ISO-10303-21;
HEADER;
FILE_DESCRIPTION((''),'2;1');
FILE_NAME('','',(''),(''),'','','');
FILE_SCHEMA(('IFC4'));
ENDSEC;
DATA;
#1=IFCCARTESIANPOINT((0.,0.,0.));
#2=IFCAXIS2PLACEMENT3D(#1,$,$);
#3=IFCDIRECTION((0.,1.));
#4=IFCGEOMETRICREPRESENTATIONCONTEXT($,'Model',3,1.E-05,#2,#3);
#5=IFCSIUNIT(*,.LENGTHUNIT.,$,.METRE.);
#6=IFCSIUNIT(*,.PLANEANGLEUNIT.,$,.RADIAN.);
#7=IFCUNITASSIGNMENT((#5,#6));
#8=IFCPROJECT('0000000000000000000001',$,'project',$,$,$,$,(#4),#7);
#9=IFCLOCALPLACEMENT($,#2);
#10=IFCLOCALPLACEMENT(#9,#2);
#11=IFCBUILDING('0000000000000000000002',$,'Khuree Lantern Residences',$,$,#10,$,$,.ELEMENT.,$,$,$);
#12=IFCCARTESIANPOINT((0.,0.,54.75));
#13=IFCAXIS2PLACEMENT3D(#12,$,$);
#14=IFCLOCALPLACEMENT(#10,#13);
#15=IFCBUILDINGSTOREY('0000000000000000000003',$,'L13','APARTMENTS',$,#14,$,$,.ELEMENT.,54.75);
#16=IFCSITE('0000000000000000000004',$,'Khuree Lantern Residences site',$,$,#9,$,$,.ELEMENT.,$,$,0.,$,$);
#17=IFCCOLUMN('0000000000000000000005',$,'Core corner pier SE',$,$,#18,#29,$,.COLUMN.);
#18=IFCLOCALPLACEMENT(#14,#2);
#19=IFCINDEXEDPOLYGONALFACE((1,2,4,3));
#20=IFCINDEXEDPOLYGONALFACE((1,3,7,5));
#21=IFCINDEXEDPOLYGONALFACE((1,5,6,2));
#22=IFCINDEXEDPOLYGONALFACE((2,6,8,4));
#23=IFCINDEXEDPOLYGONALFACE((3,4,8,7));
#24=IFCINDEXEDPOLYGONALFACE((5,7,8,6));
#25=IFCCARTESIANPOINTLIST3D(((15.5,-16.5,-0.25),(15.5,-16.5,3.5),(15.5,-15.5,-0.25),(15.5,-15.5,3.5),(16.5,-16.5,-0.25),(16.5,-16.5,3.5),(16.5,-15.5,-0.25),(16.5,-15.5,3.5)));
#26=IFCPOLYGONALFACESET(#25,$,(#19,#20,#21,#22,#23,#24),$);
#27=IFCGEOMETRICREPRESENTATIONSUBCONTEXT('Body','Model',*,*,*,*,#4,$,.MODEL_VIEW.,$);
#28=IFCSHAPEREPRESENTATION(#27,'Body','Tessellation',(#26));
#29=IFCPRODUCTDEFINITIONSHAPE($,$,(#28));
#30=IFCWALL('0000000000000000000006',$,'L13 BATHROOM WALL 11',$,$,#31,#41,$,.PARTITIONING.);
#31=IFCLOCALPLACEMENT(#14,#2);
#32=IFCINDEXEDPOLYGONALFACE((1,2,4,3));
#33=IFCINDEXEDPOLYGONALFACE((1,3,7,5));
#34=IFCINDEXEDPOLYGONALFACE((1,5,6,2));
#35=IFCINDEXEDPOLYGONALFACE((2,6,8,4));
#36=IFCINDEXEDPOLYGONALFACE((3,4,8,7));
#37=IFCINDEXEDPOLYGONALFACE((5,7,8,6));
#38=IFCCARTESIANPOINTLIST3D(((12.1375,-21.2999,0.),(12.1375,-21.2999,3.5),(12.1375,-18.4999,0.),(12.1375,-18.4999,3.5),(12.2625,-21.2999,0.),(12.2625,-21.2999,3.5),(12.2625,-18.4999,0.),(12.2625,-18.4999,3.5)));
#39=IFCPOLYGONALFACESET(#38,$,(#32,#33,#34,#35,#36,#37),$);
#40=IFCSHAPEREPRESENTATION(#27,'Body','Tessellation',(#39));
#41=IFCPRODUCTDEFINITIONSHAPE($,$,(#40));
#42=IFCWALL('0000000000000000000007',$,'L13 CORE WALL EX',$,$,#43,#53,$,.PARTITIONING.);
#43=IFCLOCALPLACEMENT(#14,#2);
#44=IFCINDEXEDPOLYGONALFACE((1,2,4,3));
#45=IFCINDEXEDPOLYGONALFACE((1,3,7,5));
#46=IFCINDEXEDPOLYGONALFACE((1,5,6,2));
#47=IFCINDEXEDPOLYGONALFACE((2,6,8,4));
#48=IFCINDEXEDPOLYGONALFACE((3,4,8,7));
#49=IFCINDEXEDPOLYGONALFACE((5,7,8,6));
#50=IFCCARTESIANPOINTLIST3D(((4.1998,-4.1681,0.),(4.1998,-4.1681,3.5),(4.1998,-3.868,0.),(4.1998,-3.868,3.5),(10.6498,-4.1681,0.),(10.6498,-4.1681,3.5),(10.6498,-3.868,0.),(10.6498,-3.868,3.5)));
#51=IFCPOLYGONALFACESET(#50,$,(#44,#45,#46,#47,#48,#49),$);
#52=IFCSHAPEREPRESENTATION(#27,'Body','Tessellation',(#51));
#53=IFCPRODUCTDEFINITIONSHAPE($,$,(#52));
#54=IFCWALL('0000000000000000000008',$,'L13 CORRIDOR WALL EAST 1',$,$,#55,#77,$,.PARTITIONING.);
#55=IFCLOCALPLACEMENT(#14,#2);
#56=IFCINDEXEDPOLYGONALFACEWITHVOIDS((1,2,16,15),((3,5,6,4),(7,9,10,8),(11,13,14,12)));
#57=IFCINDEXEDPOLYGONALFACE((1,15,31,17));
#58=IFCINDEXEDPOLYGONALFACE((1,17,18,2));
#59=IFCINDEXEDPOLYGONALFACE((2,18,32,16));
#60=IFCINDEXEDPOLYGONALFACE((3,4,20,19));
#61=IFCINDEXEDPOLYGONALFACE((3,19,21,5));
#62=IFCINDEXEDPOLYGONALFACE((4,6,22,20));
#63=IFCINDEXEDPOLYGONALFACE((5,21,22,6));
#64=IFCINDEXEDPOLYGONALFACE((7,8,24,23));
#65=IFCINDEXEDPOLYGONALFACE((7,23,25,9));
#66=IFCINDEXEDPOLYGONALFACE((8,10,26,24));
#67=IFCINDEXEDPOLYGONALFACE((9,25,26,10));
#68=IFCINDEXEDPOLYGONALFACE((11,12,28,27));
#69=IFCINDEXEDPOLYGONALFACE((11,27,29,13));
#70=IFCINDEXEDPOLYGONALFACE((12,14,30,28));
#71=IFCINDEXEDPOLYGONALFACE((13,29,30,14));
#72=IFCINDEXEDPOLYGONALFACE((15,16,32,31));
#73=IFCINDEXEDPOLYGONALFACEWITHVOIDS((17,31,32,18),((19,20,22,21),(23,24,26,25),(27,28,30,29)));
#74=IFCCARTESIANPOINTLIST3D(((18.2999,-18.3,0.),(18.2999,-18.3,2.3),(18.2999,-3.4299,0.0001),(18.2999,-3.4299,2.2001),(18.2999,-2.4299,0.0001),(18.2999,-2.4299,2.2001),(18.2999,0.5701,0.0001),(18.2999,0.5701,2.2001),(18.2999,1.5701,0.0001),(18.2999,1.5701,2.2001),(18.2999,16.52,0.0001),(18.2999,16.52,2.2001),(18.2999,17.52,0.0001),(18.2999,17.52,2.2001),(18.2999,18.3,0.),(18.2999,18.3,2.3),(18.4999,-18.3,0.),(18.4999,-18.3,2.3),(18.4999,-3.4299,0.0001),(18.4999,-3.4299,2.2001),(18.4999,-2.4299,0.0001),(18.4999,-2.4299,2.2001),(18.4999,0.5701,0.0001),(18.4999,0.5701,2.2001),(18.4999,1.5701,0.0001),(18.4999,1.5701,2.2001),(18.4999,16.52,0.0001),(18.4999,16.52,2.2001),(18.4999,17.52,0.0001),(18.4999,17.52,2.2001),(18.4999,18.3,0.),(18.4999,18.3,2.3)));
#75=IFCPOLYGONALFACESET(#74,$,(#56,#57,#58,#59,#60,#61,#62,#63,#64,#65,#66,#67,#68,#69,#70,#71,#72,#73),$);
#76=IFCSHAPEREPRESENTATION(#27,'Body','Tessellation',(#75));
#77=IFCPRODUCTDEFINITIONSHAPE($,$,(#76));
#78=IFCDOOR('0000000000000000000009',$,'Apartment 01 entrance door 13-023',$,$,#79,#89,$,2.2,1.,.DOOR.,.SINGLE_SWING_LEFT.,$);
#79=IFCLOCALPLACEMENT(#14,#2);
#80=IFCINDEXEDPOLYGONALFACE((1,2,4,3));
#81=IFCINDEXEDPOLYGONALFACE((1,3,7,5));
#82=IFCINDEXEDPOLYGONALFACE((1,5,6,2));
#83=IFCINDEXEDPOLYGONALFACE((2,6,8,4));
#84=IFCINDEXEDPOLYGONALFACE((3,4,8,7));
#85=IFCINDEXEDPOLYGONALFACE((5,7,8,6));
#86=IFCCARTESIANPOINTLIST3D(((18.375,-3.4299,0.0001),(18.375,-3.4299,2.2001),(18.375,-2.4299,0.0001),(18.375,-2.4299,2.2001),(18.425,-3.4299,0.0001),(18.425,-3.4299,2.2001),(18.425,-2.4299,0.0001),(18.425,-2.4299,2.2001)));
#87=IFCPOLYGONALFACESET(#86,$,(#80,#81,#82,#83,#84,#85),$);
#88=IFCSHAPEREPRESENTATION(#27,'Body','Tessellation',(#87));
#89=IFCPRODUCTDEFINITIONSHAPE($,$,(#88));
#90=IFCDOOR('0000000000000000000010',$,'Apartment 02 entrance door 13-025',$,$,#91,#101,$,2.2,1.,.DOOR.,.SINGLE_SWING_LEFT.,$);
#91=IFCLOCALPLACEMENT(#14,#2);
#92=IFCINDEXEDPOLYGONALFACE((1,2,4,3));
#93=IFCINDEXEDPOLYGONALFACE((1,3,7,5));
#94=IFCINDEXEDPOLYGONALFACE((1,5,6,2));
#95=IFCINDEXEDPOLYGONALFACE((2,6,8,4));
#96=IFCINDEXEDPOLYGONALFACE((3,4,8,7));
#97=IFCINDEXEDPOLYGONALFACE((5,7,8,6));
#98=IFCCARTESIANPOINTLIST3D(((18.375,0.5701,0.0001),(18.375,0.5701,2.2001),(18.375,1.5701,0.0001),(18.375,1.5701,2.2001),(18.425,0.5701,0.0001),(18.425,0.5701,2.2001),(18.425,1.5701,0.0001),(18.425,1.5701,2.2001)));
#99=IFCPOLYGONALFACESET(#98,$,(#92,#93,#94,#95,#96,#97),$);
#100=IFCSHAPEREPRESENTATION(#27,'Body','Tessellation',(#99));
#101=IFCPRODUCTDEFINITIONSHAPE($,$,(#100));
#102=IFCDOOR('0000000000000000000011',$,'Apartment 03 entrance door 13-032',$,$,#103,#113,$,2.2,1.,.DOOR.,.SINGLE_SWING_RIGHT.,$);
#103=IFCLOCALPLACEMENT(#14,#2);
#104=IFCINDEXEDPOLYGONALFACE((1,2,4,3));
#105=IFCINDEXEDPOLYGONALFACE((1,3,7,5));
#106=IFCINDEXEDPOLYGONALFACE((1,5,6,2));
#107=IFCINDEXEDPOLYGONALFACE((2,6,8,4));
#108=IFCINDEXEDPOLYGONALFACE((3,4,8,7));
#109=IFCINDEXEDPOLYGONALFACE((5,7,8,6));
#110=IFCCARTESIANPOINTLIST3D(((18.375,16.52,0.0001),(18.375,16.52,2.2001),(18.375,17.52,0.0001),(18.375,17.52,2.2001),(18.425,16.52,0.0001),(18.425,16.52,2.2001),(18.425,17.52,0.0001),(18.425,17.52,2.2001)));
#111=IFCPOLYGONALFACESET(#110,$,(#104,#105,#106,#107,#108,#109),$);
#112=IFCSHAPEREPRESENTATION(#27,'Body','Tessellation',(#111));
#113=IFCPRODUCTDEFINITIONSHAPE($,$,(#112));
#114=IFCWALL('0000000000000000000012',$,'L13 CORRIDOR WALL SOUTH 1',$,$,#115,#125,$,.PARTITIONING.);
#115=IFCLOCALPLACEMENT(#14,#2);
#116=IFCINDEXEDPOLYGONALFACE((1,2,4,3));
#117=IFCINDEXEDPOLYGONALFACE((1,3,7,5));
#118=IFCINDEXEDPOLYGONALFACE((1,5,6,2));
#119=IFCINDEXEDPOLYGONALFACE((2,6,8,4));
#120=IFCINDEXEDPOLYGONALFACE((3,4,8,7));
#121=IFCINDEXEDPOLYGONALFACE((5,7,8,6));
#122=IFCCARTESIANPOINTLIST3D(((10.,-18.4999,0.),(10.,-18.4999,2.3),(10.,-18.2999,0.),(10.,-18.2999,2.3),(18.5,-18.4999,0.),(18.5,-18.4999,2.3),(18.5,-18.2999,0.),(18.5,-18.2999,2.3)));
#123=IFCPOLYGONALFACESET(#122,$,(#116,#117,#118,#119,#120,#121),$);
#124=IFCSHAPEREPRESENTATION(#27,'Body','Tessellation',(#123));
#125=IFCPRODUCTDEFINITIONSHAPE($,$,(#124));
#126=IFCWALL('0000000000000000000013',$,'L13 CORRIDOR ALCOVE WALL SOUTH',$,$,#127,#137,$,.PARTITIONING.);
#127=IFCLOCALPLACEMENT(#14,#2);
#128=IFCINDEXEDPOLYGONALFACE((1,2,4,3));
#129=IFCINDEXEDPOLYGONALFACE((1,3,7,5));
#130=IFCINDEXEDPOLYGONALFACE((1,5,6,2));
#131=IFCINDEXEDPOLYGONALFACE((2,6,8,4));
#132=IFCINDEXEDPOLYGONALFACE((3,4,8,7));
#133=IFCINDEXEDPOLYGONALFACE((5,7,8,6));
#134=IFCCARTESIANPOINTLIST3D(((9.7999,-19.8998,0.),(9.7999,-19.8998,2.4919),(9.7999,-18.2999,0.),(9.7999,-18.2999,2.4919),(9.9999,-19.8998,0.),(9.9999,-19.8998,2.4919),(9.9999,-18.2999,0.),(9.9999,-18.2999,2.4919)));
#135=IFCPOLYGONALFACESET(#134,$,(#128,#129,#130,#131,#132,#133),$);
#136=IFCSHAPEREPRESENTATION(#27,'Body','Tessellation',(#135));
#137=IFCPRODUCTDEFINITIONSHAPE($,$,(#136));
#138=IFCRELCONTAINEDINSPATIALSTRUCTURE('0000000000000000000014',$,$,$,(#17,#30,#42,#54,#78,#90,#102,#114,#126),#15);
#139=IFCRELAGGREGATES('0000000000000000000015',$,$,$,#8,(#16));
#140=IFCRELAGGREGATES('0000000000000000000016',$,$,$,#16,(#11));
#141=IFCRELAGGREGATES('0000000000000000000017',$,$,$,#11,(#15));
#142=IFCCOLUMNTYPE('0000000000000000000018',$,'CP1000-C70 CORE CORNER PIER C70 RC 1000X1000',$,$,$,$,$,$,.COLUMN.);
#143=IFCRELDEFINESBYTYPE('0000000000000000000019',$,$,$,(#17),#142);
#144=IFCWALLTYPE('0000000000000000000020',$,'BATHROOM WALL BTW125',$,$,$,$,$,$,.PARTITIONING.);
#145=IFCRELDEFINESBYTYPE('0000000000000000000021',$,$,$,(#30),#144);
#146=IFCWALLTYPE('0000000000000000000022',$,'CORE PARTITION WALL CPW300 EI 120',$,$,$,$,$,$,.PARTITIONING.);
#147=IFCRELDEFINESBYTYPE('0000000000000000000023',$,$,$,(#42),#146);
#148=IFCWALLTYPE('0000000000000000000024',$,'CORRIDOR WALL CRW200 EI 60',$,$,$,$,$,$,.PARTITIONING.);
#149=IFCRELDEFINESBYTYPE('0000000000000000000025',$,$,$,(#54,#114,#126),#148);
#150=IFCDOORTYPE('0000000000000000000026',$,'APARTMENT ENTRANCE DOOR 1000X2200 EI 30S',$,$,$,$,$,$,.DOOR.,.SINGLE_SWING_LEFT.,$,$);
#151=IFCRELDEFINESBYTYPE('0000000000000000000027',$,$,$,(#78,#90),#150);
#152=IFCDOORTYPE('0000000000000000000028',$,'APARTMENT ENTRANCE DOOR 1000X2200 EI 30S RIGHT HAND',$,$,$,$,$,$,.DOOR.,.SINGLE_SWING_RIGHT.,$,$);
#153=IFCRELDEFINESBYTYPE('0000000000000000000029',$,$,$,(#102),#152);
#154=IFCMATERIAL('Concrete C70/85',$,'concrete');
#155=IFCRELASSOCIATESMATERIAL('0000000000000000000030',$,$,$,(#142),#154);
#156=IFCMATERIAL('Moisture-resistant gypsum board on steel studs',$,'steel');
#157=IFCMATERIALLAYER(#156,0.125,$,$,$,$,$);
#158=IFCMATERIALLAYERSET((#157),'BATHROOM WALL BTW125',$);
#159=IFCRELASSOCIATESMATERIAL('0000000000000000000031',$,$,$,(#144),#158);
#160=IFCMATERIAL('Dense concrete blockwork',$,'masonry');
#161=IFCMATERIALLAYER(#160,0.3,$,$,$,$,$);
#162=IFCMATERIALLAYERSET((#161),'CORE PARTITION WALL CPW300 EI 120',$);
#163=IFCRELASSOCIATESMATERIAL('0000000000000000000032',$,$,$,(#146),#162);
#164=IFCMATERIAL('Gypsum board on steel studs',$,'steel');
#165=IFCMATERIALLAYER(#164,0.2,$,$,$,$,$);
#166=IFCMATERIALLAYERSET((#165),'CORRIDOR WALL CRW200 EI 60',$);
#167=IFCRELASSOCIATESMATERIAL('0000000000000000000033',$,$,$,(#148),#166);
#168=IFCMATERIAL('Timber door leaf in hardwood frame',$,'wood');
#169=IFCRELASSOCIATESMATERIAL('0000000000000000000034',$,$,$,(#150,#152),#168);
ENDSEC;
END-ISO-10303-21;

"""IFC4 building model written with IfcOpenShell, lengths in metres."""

from ifc_helpers import new_model, si_unit, direction, frame, frame_2d, origin, origin_2d, place, context, subcontext, project, spatial, rectangle, extrude, material, layer, layer_set, material_profile, profile_set, type_object, element, fill, save


model = new_model("IFC4")

# Units and contexts
model_context = context("Model", 3, precision=1e-05, world=origin(), true_north=direction((0.0, 1.0)))
body_context = subcontext(model_context, "Body", "Model", "MODEL_VIEW")
ifc_project = project(units=[si_unit("LENGTHUNIT", "METRE"), si_unit("PLANEANGLEUNIT", "RADIAN")], contexts=[model_context])

# Site, building, storey
site_placement = place(None, origin())
site = spatial("IfcSite", under=ifc_project, at=site_placement, Name="Khuree Lantern Residences site", CompositionType="ELEMENT", RefElevation=0.0)
building_placement = place(site_placement, origin())
building = spatial("IfcBuilding", under=site, at=building_placement, Name="Khuree Lantern Residences", CompositionType="ELEMENT")
storey_placement = place(building_placement, frame((0.0, 0.0, 54.75)))
storey = spatial("IfcBuildingStorey", under=building, at=storey_placement, Name="L13", Description="APARTMENTS", CompositionType="ELEMENT", Elevation=54.75)

# Column
ifc_material_1 = material(Name="Concrete C70/85", Category="concrete")
ifc_material_profile = material_profile(ifc_material_1, rectangle(XDim=1.0, YDim=1.0, at=origin_2d()), Name="RC 1000X1000")
ifc_profile_set = profile_set([ifc_material_profile], Name="Concrete C70/85")
column_type = type_object("IfcColumnType", Name="CP1000-C70 CORE CORNER PIER C70 RC 1000X1000", PredefinedType="COLUMN", material=ifc_profile_set)
column_placement = place(storey_placement, frame((16.0, -16.0, -0.25), z_axis=(0.0, 0.0, 1.0), x_axis=(1.0, 0.0, 0.0)))
element("IfcColumn", 1, at=column_placement, inside=storey, type_object=column_type, Name="Core corner pier SE", PredefinedType="COLUMN", context=body_context, shape_type="SweptSolid", body=[
    extrude(rectangle(XDim=1.0, YDim=1.0, at=origin_2d()), origin(), (0.0, 0.0, 1.0), 3.75),
])

# Walls
ifc_material_2 = material(Name="Moisture-resistant gypsum board on steel studs", Category="steel")
ifc_layer_1 = layer(ifc_material_2, 0.125)
ifc_layer_set_1 = layer_set([ifc_layer_1], Name="BATHROOM WALL BTW125")
wall_type_1 = type_object("IfcWallType", Name="BATHROOM WALL BTW125", PredefinedType="PARTITIONING", material=ifc_layer_set_1)
wall_1_placement = place(storey_placement, frame((12.2, -18.5, 0.0), z_axis=(0.0, 0.0, 1.0), x_axis=(0.0, -1.0, 0.0)))
element("IfcWall", 2, at=wall_1_placement, inside=storey, type_object=wall_type_1, Name="L13 BATHROOM WALL 11", PredefinedType="PARTITIONING", context=body_context, shape_type="SweptSolid", body=[
    extrude(rectangle(XDim=2.8, YDim=0.125, at=frame_2d((1.3999, 0.0))), origin(), (0.0, 0.0, 1.0), 3.5),
])
ifc_material_3 = material(Name="Dense concrete blockwork", Category="masonry")
ifc_layer_2 = layer(ifc_material_3, 0.3)
ifc_layer_set_2 = layer_set([ifc_layer_2], Name="CORE PARTITION WALL CPW300 EI 120")
wall_type_2 = type_object("IfcWallType", Name="CORE PARTITION WALL CPW300 EI 120", PredefinedType="PARTITIONING", material=ifc_layer_set_2)
wall_2_placement = place(storey_placement, frame((10.6499, -4.0181, 0.0), z_axis=(0.0, 0.0, 1.0), x_axis=(-1.0, 0.0, 0.0)))
element("IfcWall", 3, at=wall_2_placement, inside=storey, type_object=wall_type_2, Name="L13 CORE WALL EX", PredefinedType="PARTITIONING", context=body_context, shape_type="SweptSolid", body=[
    extrude(rectangle(XDim=6.45, YDim=0.3, at=frame_2d((3.2251, 0.0))), origin(), (0.0, 0.0, 1.0), 3.5),
])

# Wall, openings, doors
ifc_material_4 = material(Name="Gypsum board on steel studs", Category="steel")
ifc_layer_3 = layer(ifc_material_4, 0.2)
ifc_layer_set_3 = layer_set([ifc_layer_3], Name="CORRIDOR WALL CRW200 EI 60")
wall_type_3 = type_object("IfcWallType", Name="CORRIDOR WALL CRW200 EI 60", PredefinedType="PARTITIONING", material=ifc_layer_set_3)
wall_3_placement = place(storey_placement, frame((18.3999, -18.3, 0.0), z_axis=(0.0, 0.0, 1.0), x_axis=(0.0, 1.0, 0.0)))
wall_3 = element("IfcWall", 4, at=wall_3_placement, inside=storey, type_object=wall_type_3, Name="L13 CORRIDOR WALL EAST 1", PredefinedType="PARTITIONING", context=body_context, shape_type="SweptSolid", body=[
    extrude(rectangle(XDim=36.6001, YDim=0.2, at=frame_2d((18.3, 0.0))), origin(), (0.0, 0.0, 1.0), 2.3),
])
opening_1_placement = place(wall_3_placement, frame((14.8701, 0.0, 0.0)))
opening_1 = element("IfcOpeningElement", 5, at=opening_1_placement, cuts=wall_3, PredefinedType="OPENING", context=body_context, shape_type="SweptSolid", body=[
    extrude(rectangle(XDim=1.0, YDim=2.2, at=frame_2d((0.5, 1.1001))), frame((0.0, 0.1099, 0.0), z_axis=(0.0, -1.0, 0.0), x_axis=(1.0, 0.0, 0.0)), (0.0, 0.0, 1.0), 0.22),
])
opening_2_placement = place(wall_3_placement, frame((18.8701, 0.0, 0.0)))
opening_2 = element("IfcOpeningElement", 6, at=opening_2_placement, cuts=wall_3, PredefinedType="OPENING", context=body_context, shape_type="SweptSolid", body=[
    extrude(rectangle(XDim=1.0, YDim=2.2, at=frame_2d((0.5, 1.1001))), frame((0.0, 0.1099, 0.0), z_axis=(0.0, -1.0, 0.0), x_axis=(1.0, 0.0, 0.0)), (0.0, 0.0, 1.0), 0.22),
])
opening_3_placement = place(wall_3_placement, frame((34.8201, 0.0, 0.0)))
opening_3 = element("IfcOpeningElement", 7, at=opening_3_placement, cuts=wall_3, PredefinedType="OPENING", context=body_context, shape_type="SweptSolid", body=[
    extrude(rectangle(XDim=1.0, YDim=2.2, at=frame_2d((0.5, 1.1001))), frame((0.0, 0.1099, 0.0), z_axis=(0.0, -1.0, 0.0), x_axis=(1.0, 0.0, 0.0)), (0.0, 0.0, 1.0), 0.22),
])
ifc_material_5 = material(Name="Timber door leaf in hardwood frame", Category="wood")
door_type_1 = type_object("IfcDoorType", Name="APARTMENT ENTRANCE DOOR 1000X2200 EI 30S", OperationType="SINGLE_SWING_LEFT", PredefinedType="DOOR", material=ifc_material_5)
door_1_placement = place(opening_1_placement, origin())
door_1 = element("IfcDoor", 8, at=door_1_placement, inside=storey, type_object=door_type_1, Name="Apartment 01 entrance door 13-023", OperationType="SINGLE_SWING_LEFT", OverallHeight=2.2, OverallWidth=1.0, PredefinedType="DOOR", context=body_context, shape_type="SweptSolid", body=[
    extrude(rectangle(XDim=1.0, YDim=2.2, at=frame_2d((0.5, 1.1001))), frame((0.0, 0.0249, 0.0), z_axis=(0.0, -1.0, 0.0), x_axis=(1.0, 0.0, 0.0)), (0.0, 0.0, 1.0), 0.05),
])
fill(opening_1, door_1)
door_2_placement = place(opening_2_placement, origin())
door_2 = element("IfcDoor", 9, at=door_2_placement, inside=storey, type_object=door_type_1, Name="Apartment 02 entrance door 13-025", OperationType="SINGLE_SWING_LEFT", OverallHeight=2.2, OverallWidth=1.0, PredefinedType="DOOR", context=body_context, shape_type="SweptSolid", body=[
    extrude(rectangle(XDim=1.0, YDim=2.2, at=frame_2d((0.5, 1.1001))), frame((0.0, 0.0249, 0.0), z_axis=(0.0, -1.0, 0.0), x_axis=(1.0, 0.0, 0.0)), (0.0, 0.0, 1.0), 0.05),
])
fill(opening_2, door_2)
door_type_2 = type_object("IfcDoorType", Name="APARTMENT ENTRANCE DOOR 1000X2200 EI 30S RIGHT HAND", OperationType="SINGLE_SWING_RIGHT", PredefinedType="DOOR", material=ifc_material_5)
door_3_placement = place(opening_3_placement, origin())
door_3 = element("IfcDoor", 10, at=door_3_placement, inside=storey, type_object=door_type_2, Name="Apartment 03 entrance door 13-032", OperationType="SINGLE_SWING_RIGHT", OverallHeight=2.2, OverallWidth=1.0, PredefinedType="DOOR", context=body_context, shape_type="SweptSolid", body=[
    extrude(rectangle(XDim=1.0, YDim=2.2, at=frame_2d((0.5, 1.1001))), frame((0.0, 0.0249, 0.0), z_axis=(0.0, -1.0, 0.0), x_axis=(1.0, 0.0, 0.0)), (0.0, 0.0, 1.0), 0.05),
])
fill(opening_3, door_3)

# Walls
wall_4_placement = place(storey_placement, frame((18.5, -18.3999, 0.0), z_axis=(0.0, 0.0, 1.0), x_axis=(-1.0, 0.0, 0.0)))
element("IfcWall", 11, at=wall_4_placement, inside=storey, type_object=wall_type_3, Name="L13 CORRIDOR WALL SOUTH 1", PredefinedType="PARTITIONING", context=body_context, shape_type="SweptSolid", body=[
    extrude(rectangle(XDim=8.5, YDim=0.2, at=frame_2d((4.25, 0.0))), origin(), (0.0, 0.0, 1.0), 2.3),
])
wall_5_placement = place(storey_placement, frame((9.8999, -18.3, 0.0), z_axis=(0.0, 0.0, 1.0), x_axis=(0.0, -1.0, 0.0)))
element("IfcWall", 12, at=wall_5_placement, inside=storey, type_object=wall_type_3, Name="L13 CORRIDOR ALCOVE WALL SOUTH", PredefinedType="PARTITIONING", context=body_context, shape_type="SweptSolid", body=[
    extrude(rectangle(XDim=1.5999, YDim=0.2, at=frame_2d((0.7998, 0.0))), origin(), (0.0, 0.0, 1.0), 2.4919),
])

save(model, "model.ifc")
